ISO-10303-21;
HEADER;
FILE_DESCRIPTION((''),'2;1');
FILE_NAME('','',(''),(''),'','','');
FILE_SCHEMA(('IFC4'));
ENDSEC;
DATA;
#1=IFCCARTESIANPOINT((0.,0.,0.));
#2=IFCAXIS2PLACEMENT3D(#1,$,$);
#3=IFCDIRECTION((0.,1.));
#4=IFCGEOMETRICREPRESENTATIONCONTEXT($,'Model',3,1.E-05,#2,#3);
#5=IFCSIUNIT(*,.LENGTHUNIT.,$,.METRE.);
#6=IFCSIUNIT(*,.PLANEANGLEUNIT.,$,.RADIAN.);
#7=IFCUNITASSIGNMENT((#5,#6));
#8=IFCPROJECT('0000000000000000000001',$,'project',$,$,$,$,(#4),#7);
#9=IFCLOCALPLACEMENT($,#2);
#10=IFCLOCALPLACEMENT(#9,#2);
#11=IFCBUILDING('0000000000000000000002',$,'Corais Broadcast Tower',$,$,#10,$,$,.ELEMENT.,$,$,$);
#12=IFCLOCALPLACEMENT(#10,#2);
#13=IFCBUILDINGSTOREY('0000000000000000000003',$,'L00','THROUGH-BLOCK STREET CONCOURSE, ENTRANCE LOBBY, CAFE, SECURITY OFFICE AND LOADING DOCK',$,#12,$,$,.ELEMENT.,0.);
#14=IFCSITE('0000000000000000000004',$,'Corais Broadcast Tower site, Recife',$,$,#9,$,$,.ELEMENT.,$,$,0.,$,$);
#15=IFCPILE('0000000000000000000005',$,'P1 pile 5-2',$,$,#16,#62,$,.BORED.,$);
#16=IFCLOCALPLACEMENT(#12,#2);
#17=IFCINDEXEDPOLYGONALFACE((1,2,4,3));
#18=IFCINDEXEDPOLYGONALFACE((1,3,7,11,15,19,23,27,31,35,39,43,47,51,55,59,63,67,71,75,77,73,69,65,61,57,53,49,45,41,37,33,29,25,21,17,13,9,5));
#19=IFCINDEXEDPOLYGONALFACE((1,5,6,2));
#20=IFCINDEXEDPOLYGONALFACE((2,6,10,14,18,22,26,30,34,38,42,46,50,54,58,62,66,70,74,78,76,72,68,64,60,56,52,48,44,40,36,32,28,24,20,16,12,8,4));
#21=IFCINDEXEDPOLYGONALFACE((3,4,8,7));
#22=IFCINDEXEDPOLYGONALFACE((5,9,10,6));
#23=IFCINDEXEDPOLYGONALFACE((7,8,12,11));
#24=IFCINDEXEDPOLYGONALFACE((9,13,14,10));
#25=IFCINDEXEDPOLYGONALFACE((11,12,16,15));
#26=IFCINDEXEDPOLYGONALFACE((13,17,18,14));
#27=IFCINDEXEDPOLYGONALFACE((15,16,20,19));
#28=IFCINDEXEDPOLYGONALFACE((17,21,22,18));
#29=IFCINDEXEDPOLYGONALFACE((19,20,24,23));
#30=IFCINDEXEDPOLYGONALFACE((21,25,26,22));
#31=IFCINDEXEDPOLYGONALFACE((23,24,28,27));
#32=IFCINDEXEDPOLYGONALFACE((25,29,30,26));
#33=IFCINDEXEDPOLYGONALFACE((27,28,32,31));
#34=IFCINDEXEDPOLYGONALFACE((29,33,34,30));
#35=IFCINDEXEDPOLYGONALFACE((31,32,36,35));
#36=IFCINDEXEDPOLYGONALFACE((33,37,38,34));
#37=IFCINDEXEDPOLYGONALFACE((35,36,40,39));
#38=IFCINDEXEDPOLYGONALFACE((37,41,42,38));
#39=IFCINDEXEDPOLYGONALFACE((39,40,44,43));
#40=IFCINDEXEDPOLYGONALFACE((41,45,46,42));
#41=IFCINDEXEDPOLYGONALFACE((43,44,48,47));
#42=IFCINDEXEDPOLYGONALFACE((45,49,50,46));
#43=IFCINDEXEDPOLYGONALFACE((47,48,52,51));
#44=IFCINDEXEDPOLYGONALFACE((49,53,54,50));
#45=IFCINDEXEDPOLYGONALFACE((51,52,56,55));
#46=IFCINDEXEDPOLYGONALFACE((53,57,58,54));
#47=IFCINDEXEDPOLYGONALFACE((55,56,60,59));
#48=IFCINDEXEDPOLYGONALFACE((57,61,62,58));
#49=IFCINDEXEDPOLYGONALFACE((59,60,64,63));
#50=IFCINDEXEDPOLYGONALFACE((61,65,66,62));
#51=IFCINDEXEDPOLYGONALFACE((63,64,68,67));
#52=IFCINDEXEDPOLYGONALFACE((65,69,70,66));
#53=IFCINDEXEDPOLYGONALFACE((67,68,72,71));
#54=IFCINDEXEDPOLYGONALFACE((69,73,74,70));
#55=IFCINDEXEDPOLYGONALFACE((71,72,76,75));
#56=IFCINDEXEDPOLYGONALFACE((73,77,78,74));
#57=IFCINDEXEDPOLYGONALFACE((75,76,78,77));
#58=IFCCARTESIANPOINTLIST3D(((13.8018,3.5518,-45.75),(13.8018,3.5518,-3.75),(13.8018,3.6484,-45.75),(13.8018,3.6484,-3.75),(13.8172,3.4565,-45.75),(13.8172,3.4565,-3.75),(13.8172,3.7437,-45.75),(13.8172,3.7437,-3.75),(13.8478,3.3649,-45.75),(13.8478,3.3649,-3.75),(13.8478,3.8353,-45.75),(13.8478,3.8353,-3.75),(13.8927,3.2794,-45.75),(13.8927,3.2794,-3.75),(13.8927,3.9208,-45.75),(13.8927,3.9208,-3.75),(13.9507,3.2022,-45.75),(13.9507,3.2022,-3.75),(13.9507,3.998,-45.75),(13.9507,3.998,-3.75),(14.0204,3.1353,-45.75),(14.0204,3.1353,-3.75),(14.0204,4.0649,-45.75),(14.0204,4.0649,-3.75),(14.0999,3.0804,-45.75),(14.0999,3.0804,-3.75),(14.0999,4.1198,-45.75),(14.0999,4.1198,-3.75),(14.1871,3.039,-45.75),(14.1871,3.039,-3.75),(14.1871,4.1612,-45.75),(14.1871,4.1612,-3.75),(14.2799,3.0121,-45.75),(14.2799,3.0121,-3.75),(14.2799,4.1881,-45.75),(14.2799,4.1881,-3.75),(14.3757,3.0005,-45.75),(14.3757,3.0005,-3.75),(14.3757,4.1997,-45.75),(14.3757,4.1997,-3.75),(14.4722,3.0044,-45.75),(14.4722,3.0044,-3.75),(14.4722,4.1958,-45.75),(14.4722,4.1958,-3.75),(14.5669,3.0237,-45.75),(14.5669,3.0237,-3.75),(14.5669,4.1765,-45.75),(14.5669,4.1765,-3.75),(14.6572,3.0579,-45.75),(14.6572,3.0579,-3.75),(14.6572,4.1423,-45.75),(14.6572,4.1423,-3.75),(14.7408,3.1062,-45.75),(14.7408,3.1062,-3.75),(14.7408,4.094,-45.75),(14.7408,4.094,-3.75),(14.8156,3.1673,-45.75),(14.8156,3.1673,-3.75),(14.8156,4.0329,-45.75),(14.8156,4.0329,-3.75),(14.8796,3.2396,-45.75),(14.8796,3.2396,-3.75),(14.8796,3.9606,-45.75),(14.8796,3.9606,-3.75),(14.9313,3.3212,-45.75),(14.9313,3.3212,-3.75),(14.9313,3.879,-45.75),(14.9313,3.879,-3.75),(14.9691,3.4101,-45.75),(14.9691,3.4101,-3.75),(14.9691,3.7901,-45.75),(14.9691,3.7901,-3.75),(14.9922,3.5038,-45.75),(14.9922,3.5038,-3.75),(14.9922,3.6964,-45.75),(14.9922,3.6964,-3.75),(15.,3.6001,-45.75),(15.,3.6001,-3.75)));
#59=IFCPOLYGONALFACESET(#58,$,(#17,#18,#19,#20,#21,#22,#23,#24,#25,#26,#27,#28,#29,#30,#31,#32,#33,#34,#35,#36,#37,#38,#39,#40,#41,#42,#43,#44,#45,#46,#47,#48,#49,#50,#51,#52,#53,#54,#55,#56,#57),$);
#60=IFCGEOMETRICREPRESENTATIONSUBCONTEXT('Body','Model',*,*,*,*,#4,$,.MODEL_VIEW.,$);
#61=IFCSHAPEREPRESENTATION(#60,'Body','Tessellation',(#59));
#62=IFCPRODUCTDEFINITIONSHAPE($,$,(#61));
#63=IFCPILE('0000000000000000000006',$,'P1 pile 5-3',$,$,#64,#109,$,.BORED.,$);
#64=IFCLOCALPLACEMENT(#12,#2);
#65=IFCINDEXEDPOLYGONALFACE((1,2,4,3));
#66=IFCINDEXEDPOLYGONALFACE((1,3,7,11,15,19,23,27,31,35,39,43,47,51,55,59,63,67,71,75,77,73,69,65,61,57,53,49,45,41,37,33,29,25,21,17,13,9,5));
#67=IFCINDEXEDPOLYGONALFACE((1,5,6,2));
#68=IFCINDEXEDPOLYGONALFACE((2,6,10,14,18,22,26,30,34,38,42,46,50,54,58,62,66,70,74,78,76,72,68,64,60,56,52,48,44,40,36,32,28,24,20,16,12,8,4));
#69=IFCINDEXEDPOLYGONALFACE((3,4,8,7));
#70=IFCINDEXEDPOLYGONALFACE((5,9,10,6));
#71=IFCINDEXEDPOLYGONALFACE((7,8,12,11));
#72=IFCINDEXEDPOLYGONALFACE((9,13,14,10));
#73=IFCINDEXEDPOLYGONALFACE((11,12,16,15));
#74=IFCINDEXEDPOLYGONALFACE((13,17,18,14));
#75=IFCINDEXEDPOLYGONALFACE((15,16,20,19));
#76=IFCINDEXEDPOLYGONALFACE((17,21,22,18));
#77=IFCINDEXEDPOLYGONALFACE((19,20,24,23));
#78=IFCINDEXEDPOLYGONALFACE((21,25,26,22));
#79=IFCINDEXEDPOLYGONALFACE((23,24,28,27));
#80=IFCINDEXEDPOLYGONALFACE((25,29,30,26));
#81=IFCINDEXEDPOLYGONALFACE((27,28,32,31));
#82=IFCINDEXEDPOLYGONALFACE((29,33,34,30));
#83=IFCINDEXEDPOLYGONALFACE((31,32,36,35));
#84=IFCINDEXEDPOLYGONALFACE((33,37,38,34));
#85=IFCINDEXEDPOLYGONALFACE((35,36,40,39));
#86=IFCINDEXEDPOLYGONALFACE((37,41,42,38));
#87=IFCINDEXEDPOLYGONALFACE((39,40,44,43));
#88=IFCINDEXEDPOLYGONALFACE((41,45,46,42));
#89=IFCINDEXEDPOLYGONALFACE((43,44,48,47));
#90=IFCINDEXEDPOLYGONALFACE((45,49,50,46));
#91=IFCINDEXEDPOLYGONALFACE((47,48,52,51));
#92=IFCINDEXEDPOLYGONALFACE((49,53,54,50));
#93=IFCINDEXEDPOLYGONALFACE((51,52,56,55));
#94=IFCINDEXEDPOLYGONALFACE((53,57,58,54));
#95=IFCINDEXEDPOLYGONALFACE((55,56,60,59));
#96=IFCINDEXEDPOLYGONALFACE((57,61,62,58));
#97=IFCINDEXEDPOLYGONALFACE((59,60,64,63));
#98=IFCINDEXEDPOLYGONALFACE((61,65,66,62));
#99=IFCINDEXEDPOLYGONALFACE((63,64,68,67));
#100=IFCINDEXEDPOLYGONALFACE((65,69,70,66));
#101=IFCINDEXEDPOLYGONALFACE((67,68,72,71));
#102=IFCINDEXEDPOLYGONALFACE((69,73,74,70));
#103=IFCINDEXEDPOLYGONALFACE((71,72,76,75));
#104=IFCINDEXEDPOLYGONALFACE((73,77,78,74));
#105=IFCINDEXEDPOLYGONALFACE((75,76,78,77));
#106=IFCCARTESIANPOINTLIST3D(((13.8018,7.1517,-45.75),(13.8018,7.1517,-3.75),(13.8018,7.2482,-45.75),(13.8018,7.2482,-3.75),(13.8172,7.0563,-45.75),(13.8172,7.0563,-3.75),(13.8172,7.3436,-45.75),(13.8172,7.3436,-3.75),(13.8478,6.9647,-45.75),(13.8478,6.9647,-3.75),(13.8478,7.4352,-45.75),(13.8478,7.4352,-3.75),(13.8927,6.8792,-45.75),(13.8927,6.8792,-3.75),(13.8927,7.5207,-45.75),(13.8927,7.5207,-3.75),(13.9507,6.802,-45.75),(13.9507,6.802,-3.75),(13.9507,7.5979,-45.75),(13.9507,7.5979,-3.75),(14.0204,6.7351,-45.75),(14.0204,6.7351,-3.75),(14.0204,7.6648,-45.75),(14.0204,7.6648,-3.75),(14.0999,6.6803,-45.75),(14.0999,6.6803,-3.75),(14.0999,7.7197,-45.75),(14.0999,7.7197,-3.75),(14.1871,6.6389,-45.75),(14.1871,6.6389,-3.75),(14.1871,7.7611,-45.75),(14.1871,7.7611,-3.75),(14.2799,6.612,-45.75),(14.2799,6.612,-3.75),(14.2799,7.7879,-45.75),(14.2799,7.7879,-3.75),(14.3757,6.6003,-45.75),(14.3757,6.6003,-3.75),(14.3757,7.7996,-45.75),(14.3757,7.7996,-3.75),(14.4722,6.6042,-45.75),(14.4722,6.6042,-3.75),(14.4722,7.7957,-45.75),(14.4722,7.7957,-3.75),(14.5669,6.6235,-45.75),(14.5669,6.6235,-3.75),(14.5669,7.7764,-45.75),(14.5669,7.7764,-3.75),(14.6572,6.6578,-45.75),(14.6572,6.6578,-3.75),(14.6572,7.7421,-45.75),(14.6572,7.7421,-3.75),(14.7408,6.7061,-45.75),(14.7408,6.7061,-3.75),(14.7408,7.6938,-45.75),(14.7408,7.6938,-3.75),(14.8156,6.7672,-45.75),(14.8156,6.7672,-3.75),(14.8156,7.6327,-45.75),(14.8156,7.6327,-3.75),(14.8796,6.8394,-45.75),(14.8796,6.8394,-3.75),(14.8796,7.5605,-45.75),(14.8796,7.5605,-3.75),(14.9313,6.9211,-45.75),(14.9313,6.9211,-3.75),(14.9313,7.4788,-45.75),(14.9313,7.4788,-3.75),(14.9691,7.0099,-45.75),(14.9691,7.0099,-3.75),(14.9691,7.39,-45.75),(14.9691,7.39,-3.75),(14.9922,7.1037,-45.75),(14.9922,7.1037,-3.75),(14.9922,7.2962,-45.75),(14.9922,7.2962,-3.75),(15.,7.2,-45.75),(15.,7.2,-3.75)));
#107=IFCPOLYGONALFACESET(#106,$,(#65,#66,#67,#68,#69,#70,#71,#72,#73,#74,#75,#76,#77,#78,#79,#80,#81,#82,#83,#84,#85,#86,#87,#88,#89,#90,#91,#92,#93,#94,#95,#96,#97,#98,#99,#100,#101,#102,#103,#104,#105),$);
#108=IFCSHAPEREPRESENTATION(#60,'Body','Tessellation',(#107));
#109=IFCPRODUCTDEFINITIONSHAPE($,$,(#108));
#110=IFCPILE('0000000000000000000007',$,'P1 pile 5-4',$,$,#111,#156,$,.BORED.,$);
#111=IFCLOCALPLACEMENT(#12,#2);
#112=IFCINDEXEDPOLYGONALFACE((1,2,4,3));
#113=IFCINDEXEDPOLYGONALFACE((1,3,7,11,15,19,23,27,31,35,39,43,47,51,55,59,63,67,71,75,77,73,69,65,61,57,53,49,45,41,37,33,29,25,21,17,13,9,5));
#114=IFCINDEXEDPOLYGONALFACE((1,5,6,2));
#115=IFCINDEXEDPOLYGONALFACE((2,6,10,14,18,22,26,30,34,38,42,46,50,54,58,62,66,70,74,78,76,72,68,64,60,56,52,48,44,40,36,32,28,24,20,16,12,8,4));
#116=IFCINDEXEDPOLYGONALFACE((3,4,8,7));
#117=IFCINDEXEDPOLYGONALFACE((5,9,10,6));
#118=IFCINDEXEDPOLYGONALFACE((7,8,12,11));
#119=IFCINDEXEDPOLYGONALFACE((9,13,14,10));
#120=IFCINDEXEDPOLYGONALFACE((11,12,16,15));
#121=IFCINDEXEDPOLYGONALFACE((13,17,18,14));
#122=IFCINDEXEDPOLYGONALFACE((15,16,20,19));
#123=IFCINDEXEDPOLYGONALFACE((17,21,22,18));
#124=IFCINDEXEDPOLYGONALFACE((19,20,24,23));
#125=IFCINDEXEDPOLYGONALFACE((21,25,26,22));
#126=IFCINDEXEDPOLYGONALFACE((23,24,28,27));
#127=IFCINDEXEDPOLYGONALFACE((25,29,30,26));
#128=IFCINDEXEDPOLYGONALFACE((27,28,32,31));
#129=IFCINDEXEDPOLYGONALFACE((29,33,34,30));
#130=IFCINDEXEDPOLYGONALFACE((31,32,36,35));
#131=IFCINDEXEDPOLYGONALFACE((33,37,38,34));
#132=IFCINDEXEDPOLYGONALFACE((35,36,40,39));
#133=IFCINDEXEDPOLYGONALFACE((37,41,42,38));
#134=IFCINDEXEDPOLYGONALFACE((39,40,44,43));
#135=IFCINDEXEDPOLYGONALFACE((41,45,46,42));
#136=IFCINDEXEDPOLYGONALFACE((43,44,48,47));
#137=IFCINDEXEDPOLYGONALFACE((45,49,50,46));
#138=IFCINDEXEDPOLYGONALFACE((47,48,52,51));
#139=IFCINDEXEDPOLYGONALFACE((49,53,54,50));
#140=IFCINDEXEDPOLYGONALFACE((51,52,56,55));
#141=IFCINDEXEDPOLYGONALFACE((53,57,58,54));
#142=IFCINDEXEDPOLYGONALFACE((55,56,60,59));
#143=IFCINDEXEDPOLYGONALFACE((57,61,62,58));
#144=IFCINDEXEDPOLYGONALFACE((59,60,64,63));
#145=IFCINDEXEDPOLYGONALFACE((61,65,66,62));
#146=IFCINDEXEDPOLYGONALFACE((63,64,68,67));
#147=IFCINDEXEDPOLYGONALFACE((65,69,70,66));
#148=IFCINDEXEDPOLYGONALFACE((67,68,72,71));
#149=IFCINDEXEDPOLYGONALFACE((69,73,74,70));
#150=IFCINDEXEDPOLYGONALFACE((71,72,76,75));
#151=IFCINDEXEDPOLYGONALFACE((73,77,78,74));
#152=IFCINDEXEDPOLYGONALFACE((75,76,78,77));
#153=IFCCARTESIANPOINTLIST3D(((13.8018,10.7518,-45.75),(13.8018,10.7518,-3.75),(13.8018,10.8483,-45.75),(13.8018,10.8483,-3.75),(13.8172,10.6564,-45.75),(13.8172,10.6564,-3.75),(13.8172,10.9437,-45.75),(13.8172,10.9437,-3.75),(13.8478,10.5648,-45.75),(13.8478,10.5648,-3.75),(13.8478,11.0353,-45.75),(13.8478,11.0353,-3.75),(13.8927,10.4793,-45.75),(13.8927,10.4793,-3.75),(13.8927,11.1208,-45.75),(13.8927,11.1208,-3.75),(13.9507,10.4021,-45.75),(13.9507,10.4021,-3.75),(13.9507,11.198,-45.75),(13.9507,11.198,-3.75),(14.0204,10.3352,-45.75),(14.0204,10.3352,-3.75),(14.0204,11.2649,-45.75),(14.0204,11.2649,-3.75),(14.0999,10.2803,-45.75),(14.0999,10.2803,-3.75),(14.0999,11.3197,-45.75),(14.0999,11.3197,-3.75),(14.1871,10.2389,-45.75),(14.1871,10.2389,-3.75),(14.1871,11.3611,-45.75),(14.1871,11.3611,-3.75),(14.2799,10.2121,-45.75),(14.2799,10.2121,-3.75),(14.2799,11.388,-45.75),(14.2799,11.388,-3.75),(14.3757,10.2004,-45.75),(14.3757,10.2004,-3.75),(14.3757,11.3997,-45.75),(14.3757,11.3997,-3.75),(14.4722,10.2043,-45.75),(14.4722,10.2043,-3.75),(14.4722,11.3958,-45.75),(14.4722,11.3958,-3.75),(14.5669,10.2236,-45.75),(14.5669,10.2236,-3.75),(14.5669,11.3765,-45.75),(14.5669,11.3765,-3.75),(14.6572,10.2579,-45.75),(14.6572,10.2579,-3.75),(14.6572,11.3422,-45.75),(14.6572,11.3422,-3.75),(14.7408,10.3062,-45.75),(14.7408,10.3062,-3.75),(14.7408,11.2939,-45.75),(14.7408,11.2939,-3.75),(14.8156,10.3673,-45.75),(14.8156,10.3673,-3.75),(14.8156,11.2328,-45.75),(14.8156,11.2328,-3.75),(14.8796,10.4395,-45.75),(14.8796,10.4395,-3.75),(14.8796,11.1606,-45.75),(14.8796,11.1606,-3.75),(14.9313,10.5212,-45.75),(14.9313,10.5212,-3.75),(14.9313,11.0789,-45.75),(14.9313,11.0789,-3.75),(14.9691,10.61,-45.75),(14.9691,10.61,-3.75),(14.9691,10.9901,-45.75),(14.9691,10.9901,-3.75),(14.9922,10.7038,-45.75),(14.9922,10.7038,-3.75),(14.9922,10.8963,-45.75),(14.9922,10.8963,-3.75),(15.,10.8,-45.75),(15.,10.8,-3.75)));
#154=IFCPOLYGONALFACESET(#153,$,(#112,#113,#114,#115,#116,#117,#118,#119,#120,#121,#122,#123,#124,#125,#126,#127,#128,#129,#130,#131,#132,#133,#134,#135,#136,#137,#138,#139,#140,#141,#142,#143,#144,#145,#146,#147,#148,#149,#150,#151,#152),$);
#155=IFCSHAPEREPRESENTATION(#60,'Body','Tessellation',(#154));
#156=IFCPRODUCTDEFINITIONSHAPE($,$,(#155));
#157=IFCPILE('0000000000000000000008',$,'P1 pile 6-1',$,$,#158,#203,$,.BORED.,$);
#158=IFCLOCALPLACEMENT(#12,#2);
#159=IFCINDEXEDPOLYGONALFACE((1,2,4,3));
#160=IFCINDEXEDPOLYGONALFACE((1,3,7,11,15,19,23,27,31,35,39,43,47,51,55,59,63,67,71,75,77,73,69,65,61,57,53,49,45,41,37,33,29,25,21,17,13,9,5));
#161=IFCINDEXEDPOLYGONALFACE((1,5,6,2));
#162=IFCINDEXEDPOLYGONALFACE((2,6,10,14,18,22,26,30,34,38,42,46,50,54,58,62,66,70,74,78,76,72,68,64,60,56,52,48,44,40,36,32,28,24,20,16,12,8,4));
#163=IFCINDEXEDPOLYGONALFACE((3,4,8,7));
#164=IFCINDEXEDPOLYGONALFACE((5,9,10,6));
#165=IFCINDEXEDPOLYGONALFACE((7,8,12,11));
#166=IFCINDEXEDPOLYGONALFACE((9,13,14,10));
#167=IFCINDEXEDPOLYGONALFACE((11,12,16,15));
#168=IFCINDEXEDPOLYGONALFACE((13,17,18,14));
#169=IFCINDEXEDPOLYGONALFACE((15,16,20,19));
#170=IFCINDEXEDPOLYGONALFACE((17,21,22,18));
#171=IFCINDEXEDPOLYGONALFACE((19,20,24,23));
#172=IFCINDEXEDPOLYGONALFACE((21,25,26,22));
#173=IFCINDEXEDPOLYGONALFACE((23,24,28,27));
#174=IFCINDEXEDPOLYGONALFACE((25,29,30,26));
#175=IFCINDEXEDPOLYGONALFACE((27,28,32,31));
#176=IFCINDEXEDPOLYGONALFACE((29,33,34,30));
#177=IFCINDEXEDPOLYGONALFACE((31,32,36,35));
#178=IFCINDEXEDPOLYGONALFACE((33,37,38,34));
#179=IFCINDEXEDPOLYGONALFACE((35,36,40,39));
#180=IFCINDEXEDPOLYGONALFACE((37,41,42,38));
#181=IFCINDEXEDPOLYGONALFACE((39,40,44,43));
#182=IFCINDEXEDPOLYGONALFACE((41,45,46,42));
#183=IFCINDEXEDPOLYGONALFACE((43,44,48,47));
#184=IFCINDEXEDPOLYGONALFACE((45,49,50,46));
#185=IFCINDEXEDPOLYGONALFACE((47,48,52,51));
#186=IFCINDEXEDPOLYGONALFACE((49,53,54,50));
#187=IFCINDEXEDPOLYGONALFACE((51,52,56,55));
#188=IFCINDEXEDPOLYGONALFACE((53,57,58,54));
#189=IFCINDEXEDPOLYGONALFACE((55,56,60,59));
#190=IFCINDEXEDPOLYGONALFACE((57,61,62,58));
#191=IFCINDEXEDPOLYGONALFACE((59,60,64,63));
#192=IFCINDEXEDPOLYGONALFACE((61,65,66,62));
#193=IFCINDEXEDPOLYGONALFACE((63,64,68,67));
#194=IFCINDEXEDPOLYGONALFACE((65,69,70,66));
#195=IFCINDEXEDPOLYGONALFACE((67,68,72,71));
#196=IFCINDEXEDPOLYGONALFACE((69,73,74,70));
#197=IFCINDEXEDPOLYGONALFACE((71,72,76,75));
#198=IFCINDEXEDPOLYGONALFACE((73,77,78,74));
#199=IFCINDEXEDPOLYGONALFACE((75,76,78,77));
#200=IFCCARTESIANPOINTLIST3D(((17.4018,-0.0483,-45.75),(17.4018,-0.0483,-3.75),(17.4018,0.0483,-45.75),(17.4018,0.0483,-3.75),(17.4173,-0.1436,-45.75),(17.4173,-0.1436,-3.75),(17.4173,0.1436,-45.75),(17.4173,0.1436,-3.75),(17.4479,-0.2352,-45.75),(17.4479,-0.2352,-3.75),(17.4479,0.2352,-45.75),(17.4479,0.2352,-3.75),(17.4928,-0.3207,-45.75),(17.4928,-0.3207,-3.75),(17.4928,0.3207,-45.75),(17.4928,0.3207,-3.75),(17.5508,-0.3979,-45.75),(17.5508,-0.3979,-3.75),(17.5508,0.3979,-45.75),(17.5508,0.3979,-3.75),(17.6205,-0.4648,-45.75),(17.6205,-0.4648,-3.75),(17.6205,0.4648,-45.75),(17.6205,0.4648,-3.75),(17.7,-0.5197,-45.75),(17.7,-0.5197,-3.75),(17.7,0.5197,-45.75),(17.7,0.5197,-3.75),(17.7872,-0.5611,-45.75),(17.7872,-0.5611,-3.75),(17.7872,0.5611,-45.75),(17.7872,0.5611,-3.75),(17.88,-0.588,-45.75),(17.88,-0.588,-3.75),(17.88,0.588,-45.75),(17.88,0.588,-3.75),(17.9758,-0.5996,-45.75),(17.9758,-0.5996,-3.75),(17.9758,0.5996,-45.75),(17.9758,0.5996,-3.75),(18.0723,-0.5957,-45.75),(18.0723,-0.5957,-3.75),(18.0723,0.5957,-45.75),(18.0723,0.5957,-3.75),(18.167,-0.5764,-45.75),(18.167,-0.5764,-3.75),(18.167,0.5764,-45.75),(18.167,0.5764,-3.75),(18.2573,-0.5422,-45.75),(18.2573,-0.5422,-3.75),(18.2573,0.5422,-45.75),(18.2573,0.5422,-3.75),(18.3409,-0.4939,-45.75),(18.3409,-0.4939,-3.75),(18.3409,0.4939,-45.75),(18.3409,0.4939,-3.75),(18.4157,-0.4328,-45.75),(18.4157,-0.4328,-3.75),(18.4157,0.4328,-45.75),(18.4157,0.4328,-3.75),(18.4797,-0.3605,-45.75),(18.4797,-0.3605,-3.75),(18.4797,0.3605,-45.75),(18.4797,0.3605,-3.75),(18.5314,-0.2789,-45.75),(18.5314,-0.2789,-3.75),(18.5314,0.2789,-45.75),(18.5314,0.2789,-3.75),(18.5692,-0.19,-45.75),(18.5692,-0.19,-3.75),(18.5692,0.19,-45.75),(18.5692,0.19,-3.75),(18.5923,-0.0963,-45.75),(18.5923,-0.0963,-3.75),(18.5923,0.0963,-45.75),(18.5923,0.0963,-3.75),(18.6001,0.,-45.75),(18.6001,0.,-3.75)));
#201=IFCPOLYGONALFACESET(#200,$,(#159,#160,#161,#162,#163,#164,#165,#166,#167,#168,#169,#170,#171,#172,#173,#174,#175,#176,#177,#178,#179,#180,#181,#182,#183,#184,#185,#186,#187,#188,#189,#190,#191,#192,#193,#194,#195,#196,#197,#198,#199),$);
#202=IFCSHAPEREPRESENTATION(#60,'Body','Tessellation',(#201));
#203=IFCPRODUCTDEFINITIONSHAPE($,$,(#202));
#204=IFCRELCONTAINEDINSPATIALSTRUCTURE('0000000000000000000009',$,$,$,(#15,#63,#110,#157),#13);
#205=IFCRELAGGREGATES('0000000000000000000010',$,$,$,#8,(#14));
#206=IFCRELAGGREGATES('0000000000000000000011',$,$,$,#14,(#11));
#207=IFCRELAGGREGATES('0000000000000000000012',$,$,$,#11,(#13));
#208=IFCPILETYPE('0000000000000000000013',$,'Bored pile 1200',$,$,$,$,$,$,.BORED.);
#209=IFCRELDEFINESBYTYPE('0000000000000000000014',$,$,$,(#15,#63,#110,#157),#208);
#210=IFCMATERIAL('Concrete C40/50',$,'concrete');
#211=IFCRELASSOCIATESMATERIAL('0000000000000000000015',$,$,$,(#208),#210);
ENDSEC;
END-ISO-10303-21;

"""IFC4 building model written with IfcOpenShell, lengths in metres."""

from ifc_helpers import new_model, si_unit, direction, frame, origin, origin_2d, place, context, subcontext, project, spatial, circle, extrude, material, type_object, element, save


model = new_model("IFC4")

# Units and contexts
model_context = context("Model", 3, precision=1e-05, world=origin(), true_north=direction((0.0, 1.0)))
body_context = subcontext(model_context, "Body", "Model", "MODEL_VIEW")
ifc_project = project(units=[si_unit("LENGTHUNIT", "METRE"), si_unit("PLANEANGLEUNIT", "RADIAN")], contexts=[model_context])

# Site, building, storey
site_placement = place(None, origin())
site = spatial("IfcSite", under=ifc_project, at=site_placement, Name="Corais Broadcast Tower site, Recife", CompositionType="ELEMENT", RefElevation=0.0)
building_placement = place(site_placement, origin())
building = spatial("IfcBuilding", under=site, at=building_placement, Name="Corais Broadcast Tower", CompositionType="ELEMENT")
storey_placement = place(building_placement, origin())
storey = spatial("IfcBuildingStorey", under=building, at=storey_placement, Name="L00", Description="THROUGH-BLOCK STREET CONCOURSE, ENTRANCE LOBBY, CAFE, SECURITY OFFICE AND LOADING DOCK", CompositionType="ELEMENT", Elevation=0.0)

# Piles
ifc_material_1 = material(Name="Concrete C40/50", Category="concrete")
pile_type = type_object("IfcPileType", Name="Bored pile 1200", PredefinedType="BORED", material=ifc_material_1)
for number, where, z_axis, x_axis, name in (
    (1, (14.3999, 3.6001, -3.75), (0.0, 0.0, -1.0), (1.0, 0.0, 0.0), "P1 pile 5-2"),
    (2, (14.3999, 7.2, -3.75), (0.0, 0.0, -1.0), (1.0, 0.0, 0.0), "P1 pile 5-3"),
    (3, (14.3999, 10.8, -3.75), (0.0, 0.0, -1.0), (1.0, 0.0, 0.0), "P1 pile 5-4"),
    (4, (18.0, 0.0, -3.75), (0.0, 0.0, -1.0), (1.0, 0.0, 0.0), "P1 pile 6-1"),
):
    element("IfcPile", number, at=place(storey_placement, frame(where, z_axis=z_axis, x_axis=x_axis)), inside=storey, type_object=pile_type, Name=name, PredefinedType="BORED", context=body_context, shape_type="SweptSolid", body=[
        extrude(circle(Radius=0.6001, at=origin_2d()), origin(), (0.0, 0.0, 1.0), 42.0),
    ])

save(model, "model.ifc")
